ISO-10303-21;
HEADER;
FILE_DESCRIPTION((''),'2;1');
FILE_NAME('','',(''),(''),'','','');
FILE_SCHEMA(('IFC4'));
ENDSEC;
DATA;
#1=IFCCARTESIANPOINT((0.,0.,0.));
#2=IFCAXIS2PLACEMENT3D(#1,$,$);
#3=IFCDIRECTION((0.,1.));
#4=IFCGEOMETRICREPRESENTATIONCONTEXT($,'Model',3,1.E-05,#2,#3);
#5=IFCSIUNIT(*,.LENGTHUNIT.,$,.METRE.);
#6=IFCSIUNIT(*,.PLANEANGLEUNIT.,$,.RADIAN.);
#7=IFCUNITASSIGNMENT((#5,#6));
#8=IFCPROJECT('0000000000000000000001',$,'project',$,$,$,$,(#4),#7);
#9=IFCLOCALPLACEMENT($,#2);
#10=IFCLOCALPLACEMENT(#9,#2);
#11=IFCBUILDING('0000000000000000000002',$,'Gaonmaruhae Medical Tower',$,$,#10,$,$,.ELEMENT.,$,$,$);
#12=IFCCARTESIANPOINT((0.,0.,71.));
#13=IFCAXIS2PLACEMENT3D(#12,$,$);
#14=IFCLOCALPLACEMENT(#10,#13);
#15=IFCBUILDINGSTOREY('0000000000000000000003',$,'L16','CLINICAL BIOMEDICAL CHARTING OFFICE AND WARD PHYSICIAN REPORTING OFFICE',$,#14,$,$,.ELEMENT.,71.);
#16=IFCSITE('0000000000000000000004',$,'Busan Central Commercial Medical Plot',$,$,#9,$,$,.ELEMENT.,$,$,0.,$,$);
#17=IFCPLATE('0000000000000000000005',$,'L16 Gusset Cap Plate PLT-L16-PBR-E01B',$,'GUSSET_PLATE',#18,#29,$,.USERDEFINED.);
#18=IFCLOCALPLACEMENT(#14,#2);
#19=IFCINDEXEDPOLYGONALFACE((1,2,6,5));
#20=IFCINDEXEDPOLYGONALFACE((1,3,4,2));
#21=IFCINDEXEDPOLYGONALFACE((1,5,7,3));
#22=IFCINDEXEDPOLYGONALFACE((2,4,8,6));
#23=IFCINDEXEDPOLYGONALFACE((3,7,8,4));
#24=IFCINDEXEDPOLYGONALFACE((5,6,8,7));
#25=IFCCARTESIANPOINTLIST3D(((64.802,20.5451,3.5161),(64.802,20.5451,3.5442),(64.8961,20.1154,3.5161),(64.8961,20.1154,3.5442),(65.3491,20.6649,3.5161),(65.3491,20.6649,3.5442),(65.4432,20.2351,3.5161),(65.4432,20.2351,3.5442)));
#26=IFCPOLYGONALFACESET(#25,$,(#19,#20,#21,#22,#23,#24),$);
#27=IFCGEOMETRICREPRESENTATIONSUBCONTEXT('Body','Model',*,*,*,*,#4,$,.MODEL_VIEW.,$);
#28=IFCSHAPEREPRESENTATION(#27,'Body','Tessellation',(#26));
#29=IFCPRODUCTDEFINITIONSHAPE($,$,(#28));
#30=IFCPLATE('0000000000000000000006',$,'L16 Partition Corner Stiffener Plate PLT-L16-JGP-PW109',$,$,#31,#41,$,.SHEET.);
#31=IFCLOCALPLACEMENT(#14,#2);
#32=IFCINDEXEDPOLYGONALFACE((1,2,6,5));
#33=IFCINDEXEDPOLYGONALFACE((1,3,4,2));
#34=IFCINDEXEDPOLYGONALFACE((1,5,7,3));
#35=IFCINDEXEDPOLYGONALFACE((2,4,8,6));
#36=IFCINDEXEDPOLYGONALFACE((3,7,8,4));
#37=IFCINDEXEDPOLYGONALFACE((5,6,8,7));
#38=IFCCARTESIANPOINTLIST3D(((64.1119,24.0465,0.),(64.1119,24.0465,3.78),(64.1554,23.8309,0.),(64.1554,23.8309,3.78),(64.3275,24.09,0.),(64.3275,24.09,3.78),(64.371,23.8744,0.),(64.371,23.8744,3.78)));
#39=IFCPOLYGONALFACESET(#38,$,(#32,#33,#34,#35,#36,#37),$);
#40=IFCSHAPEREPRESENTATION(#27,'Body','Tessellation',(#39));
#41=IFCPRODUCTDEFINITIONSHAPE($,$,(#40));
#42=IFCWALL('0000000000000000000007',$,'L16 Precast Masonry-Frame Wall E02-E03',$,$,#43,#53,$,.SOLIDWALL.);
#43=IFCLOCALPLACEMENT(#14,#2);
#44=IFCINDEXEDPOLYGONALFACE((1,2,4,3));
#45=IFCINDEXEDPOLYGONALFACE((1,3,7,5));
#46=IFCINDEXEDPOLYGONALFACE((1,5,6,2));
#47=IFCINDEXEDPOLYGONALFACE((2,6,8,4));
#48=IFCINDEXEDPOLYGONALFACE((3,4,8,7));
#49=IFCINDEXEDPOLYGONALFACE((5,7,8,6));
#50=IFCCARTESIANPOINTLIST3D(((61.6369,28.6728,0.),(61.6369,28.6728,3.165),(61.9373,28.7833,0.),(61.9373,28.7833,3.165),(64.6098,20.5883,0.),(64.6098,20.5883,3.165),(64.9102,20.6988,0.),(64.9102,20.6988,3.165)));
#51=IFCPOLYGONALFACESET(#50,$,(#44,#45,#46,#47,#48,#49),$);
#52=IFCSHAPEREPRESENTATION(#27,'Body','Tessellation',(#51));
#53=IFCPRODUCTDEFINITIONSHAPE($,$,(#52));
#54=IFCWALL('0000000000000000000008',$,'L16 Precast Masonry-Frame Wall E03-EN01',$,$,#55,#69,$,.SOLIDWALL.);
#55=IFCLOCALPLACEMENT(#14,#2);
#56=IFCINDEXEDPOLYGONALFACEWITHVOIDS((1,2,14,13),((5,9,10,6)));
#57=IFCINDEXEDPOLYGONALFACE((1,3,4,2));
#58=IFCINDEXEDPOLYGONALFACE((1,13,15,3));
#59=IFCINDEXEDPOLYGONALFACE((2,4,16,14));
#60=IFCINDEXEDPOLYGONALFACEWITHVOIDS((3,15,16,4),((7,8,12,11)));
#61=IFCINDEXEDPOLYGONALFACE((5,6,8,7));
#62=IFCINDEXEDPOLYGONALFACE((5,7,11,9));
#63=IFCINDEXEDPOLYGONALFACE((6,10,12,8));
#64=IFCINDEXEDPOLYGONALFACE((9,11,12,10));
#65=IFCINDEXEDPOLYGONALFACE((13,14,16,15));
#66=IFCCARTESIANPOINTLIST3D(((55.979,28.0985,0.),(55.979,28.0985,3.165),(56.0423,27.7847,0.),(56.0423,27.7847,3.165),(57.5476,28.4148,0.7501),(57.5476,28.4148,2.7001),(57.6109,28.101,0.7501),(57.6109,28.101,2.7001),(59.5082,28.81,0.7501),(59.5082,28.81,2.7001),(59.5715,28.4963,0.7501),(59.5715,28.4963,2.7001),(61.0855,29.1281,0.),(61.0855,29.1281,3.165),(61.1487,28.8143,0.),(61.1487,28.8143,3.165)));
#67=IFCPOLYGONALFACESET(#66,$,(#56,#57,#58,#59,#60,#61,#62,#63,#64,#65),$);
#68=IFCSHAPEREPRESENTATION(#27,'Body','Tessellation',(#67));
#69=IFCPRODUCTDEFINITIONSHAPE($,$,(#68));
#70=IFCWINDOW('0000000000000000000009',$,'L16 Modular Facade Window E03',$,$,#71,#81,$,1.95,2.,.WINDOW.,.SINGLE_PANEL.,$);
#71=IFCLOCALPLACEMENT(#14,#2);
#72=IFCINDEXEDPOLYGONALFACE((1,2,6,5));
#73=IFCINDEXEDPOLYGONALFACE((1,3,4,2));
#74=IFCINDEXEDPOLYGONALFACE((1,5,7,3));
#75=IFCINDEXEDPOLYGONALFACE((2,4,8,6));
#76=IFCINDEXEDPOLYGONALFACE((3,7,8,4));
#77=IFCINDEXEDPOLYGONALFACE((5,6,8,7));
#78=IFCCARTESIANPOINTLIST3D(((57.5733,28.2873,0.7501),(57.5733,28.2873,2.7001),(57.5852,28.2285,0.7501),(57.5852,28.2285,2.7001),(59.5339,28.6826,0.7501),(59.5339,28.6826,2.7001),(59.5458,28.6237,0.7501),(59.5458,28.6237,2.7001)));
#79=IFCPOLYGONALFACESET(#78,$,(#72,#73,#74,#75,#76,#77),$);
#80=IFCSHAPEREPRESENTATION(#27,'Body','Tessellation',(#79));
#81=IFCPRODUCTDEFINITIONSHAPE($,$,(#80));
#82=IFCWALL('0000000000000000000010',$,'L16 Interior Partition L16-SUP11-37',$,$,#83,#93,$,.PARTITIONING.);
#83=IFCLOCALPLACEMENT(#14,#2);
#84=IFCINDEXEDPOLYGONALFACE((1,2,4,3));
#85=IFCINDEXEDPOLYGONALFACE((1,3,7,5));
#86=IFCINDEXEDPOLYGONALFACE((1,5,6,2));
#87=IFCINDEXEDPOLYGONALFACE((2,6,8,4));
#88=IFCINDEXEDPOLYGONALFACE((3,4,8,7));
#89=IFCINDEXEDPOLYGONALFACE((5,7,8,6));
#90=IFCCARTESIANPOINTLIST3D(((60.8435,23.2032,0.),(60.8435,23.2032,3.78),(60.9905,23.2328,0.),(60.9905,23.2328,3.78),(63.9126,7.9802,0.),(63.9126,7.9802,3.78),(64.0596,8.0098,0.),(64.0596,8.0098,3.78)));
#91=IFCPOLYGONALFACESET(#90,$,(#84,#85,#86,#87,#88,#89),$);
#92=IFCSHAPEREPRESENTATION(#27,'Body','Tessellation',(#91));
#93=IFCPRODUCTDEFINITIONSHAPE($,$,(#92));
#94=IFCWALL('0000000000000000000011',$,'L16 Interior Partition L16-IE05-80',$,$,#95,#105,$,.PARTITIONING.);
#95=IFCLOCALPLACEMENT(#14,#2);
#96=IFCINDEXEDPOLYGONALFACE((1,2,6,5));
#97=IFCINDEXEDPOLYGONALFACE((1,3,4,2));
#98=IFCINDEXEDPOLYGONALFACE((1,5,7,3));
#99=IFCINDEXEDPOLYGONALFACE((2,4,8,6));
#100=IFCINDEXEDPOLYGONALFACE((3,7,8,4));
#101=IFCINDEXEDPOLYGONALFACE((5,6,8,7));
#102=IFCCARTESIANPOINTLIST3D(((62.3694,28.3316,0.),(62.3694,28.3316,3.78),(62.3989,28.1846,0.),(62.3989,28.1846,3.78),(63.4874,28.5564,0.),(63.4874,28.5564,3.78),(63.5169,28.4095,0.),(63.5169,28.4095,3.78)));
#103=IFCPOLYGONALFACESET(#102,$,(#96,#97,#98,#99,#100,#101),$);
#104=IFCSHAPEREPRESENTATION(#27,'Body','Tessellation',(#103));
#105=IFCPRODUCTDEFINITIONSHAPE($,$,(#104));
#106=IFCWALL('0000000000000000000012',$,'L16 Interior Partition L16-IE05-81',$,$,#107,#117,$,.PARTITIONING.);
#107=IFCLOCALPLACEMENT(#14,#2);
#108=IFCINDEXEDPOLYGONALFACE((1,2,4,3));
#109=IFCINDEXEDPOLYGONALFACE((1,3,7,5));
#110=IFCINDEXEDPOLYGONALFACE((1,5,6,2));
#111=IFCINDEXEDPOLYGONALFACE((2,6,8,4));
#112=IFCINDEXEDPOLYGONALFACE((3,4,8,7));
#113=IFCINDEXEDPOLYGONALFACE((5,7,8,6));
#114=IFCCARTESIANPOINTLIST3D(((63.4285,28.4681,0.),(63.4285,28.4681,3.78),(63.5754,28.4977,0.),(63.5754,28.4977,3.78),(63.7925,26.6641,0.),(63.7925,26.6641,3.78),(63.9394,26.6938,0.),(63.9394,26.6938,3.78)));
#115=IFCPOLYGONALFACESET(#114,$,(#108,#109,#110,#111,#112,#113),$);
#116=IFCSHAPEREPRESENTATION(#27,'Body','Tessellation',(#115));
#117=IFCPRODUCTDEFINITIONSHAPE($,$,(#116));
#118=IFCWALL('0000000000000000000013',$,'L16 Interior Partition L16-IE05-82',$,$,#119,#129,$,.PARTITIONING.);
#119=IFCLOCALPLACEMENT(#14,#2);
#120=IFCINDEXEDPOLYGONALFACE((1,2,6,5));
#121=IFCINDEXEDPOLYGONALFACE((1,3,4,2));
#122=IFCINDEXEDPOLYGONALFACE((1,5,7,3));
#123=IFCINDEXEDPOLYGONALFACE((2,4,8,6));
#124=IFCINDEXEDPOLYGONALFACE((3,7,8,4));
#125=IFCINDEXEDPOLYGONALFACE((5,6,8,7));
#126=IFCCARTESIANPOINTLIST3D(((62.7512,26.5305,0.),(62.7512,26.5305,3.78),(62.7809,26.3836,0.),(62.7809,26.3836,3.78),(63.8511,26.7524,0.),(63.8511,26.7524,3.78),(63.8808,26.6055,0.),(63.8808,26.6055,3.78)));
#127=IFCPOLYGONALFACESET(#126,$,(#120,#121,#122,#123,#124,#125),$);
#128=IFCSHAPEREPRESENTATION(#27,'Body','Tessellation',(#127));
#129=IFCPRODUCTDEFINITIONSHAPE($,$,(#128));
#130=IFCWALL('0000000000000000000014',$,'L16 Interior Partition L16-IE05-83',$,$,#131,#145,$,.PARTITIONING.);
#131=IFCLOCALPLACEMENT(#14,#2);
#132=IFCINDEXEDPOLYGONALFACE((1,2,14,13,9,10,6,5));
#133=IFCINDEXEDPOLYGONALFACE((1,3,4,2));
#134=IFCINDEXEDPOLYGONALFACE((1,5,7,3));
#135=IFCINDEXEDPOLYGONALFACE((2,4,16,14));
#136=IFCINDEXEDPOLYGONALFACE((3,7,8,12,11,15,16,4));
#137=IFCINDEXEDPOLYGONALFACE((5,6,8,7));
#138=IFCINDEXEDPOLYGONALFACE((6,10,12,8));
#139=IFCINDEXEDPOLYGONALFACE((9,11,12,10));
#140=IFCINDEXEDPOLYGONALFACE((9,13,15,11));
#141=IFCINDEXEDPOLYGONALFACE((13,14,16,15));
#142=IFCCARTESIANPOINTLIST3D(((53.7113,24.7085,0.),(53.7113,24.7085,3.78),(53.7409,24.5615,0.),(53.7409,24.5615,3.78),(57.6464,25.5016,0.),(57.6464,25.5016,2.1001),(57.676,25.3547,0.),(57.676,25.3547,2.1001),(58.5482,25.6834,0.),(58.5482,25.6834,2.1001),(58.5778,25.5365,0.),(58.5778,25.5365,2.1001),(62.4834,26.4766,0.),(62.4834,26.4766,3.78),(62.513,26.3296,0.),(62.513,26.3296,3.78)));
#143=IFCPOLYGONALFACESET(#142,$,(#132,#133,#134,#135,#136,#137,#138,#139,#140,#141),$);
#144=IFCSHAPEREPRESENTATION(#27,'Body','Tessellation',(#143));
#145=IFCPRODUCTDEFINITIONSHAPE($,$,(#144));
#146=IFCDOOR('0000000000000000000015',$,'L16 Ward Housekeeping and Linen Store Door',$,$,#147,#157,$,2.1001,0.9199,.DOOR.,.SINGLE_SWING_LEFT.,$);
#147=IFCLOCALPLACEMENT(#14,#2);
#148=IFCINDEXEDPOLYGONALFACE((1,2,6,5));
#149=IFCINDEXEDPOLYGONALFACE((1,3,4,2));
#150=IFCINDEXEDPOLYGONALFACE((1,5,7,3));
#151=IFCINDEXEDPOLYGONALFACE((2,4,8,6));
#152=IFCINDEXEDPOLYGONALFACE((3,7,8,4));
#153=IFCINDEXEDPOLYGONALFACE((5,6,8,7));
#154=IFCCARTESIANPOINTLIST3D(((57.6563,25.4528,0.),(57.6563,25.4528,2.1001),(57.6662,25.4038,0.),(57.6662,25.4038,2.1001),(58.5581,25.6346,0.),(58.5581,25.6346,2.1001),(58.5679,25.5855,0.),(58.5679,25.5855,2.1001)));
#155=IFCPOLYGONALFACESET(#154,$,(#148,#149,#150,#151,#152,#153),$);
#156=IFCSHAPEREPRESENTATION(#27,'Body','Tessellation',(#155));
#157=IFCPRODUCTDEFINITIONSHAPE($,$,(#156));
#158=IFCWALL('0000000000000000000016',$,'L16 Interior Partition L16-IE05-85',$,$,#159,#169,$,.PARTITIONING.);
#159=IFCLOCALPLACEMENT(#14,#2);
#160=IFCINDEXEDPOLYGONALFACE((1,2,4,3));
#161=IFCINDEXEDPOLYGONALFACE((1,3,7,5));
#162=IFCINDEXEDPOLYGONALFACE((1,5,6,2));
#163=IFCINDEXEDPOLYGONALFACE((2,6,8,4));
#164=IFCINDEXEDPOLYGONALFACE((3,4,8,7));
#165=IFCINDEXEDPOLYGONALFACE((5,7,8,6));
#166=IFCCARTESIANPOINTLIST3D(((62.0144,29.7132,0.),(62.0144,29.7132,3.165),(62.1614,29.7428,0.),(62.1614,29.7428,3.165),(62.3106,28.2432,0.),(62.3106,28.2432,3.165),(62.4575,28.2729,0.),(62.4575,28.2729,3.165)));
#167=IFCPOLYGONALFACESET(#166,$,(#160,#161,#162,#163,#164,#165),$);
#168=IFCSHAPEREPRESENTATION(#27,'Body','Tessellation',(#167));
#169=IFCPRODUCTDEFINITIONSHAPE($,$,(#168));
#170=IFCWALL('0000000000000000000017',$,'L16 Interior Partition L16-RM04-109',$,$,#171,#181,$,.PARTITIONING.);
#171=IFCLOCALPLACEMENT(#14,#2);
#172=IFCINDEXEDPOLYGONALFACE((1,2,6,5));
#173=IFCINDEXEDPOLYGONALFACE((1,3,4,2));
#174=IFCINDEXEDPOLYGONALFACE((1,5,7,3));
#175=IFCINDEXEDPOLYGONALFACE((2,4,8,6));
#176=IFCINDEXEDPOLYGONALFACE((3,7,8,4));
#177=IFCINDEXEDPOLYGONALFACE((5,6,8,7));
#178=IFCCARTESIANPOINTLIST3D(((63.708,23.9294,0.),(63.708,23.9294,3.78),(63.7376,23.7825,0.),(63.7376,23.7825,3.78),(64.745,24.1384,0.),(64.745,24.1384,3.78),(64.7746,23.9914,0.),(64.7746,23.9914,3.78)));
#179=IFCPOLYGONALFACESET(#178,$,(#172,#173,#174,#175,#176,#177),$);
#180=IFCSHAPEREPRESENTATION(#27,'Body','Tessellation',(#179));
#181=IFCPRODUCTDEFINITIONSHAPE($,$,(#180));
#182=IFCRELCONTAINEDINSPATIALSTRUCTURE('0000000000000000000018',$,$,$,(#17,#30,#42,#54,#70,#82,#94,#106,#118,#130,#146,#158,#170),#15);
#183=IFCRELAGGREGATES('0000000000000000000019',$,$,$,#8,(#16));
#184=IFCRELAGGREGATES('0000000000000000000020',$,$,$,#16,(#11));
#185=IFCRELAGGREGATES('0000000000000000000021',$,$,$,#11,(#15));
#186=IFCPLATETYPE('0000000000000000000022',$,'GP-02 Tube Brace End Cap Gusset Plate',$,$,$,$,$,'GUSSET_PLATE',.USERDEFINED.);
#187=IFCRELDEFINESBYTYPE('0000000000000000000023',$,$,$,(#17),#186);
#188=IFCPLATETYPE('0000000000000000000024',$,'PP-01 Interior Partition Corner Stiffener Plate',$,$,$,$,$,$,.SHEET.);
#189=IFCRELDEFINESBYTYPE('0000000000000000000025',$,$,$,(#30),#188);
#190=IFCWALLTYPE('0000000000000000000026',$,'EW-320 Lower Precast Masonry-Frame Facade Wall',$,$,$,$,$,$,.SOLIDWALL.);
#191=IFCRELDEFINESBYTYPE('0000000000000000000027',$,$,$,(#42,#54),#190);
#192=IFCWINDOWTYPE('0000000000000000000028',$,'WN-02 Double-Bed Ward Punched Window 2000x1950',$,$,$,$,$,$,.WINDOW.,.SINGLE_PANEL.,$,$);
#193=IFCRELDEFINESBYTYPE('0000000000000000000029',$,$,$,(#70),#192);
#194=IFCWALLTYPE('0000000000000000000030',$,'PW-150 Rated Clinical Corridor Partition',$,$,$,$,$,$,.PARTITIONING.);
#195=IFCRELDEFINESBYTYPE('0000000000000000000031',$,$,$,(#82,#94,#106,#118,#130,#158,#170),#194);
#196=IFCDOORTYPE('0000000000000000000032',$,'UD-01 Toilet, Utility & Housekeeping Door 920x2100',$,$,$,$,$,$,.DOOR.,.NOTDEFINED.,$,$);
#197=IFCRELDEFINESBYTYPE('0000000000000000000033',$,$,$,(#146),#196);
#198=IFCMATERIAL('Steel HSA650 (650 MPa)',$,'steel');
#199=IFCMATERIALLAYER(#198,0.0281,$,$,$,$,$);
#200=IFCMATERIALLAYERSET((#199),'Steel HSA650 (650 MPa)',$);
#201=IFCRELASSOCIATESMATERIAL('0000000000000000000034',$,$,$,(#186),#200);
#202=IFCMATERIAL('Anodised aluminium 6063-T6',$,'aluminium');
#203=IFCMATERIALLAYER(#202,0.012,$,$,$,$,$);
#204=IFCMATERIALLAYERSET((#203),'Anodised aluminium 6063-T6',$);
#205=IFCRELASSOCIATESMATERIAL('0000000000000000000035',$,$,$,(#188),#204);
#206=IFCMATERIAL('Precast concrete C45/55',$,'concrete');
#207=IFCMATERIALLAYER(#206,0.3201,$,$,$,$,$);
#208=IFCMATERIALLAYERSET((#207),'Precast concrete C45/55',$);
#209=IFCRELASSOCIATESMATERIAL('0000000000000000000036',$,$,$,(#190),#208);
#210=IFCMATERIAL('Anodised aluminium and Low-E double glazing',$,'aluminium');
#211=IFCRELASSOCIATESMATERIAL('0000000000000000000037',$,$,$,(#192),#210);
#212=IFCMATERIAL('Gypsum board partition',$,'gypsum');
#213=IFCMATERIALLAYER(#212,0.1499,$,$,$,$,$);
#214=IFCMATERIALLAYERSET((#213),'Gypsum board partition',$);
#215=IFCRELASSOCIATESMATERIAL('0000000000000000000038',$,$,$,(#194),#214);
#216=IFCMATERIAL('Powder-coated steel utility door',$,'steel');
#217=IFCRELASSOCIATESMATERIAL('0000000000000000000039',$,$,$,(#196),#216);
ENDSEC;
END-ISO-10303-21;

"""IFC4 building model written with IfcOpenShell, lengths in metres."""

from ifc_helpers import new_model, si_unit, direction, frame, frame_2d, origin, origin_2d, place, context, subcontext, project, spatial, rectangle, extrude, material, layer, layer_set, type_object, element, fill, save


model = new_model("IFC4")

# Units and contexts
model_context = context("Model", 3, precision=1e-05, world=origin(), true_north=direction((0.0, 1.0)))
body_context = subcontext(model_context, "Body", "Model", "MODEL_VIEW")
ifc_project = project(units=[si_unit("LENGTHUNIT", "METRE"), si_unit("PLANEANGLEUNIT", "RADIAN")], contexts=[model_context])

# Site, building, storey
site_placement = place(None, origin())
site = spatial("IfcSite", under=ifc_project, at=site_placement, Name="Busan Central Commercial Medical Plot", CompositionType="ELEMENT", RefElevation=0.0)
building_placement = place(site_placement, origin())
building = spatial("IfcBuilding", under=site, at=building_placement, Name="Gaonmaruhae Medical Tower", CompositionType="ELEMENT")
storey_placement = place(building_placement, frame((0.0, 0.0, 71.0)))
storey = spatial("IfcBuildingStorey", under=building, at=storey_placement, Name="L16", Description="CLINICAL BIOMEDICAL CHARTING OFFICE AND WARD PHYSICIAN REPORTING OFFICE", CompositionType="ELEMENT", Elevation=71.0)

# Plates
ifc_material_1 = material(Name="Steel HSA650 (650 MPa)", Category="steel")
ifc_layer_1 = layer(ifc_material_1, 0.0281)
ifc_layer_set_1 = layer_set([ifc_layer_1], Name="Steel HSA650 (650 MPa)")
plate_type_1 = type_object("IfcPlateType", Name="GP-02 Tube Brace End Cap Gusset Plate", ElementType="GUSSET_PLATE", PredefinedType="USERDEFINED", material=ifc_layer_set_1)
plate_1_placement = place(storey_placement, frame((65.1226, 20.3901, 3.5161), z_axis=(0.0, 0.0, 1.0), x_axis=(0.976859, 0.213883, 0.0)))
element("IfcPlate", 1, at=plate_1_placement, inside=storey, type_object=plate_type_1, Name="L16 Gusset Cap Plate PLT-L16-PBR-E01B", ObjectType="GUSSET_PLATE", PredefinedType="USERDEFINED", context=body_context, shape_type="SweptSolid", body=[
    extrude(rectangle(XDim=0.5601, YDim=0.4399, at=origin_2d()), origin(), (0.0, 0.0, 1.0), 0.0281),
])
ifc_material_2 = material(Name="Anodised aluminium 6063-T6", Category="aluminium")
ifc_layer_2 = layer(ifc_material_2, 0.012)
ifc_layer_set_2 = layer_set([ifc_layer_2], Name="Anodised aluminium 6063-T6")
plate_type_2 = type_object("IfcPlateType", Name="PP-01 Interior Partition Corner Stiffener Plate", PredefinedType="SHEET", material=ifc_layer_set_2)
plate_2_placement = place(storey_placement, frame((64.2415, 23.9604, 0.0), z_axis=(0.0, 0.0, 1.0), x_axis=(0.980288, 0.197572, 0.0)))
element("IfcPlate", 2, at=plate_2_placement, inside=storey, type_object=plate_type_2, Name="L16 Partition Corner Stiffener Plate PLT-L16-JGP-PW109", PredefinedType="SHEET", context=body_context, shape_type="SweptSolid", body=[
    extrude(rectangle(XDim=0.22, YDim=0.22, at=origin_2d()), origin(), (0.0, 0.0, 1.0), 3.78),
])

# Wall
ifc_material_3 = material(Name="Precast concrete C45/55", Category="concrete")
ifc_layer_3 = layer(ifc_material_3, 0.3201)
ifc_layer_set_3 = layer_set([ifc_layer_3], Name="Precast concrete C45/55")
wall_type_1 = type_object("IfcWallType", Name="EW-320 Lower Precast Masonry-Frame Facade Wall", PredefinedType="SOLIDWALL", material=ifc_layer_set_3)
wall_1_placement = place(storey_placement, frame((61.7871, 28.728, 0.0), z_axis=(0.0, 0.0, 1.0), x_axis=(0.345134, -0.938553, 0.0)))
element("IfcWall", 3, at=wall_1_placement, inside=storey, type_object=wall_type_1, Name="L16 Precast Masonry-Frame Wall E02-E03", PredefinedType="SOLIDWALL", context=body_context, shape_type="SweptSolid", body=[
    extrude(rectangle(XDim=8.6138, YDim=0.3201, at=frame_2d((4.3069, 0.0))), origin(), (0.0, 0.0, 1.0), 3.165),
])

# Wall, opening, window
wall_2_placement = place(storey_placement, frame((56.0107, 27.9417, 0.0), z_axis=(0.0, 0.0, 1.0), x_axis=(0.980275, 0.197639, 0.0)))
wall_2 = element("IfcWall", 4, at=wall_2_placement, inside=storey, type_object=wall_type_1, Name="L16 Precast Masonry-Frame Wall E03-EN01", PredefinedType="SOLIDWALL", context=body_context, shape_type="SweptSolid", body=[
    extrude(rectangle(XDim=5.2092, YDim=0.3201, at=frame_2d((2.6045, 0.0))), origin(), (0.0, 0.0, 1.0), 3.165),
])
opening_1_placement = place(wall_2_placement, frame((1.6001, 0.0, 0.75)))
opening_1 = element("IfcOpeningElement", 5, at=opening_1_placement, cuts=wall_2, PredefinedType="OPENING", context=body_context, shape_type="SweptSolid", body=[
    extrude(rectangle(XDim=2.0, YDim=1.95, at=frame_2d((1.0, 0.9751))), frame((0.0, 0.1699, 0.0), z_axis=(0.0, -1.0, 0.0), x_axis=(1.0, 0.0, 0.0)), (0.0, 0.0, 1.0), 0.3401),
])
ifc_material_4 = material(Name="Anodised aluminium and Low-E double glazing", Category="aluminium")
window_type = type_object("IfcWindowType", Name="WN-02 Double-Bed Ward Punched Window 2000x1950", PartitioningType="SINGLE_PANEL", PredefinedType="WINDOW", material=ifc_material_4)
window_placement = place(opening_1_placement, origin())
window = element("IfcWindow", 6, at=window_placement, inside=storey, type_object=window_type, Name="L16 Modular Facade Window E03", OverallHeight=1.95, OverallWidth=2.0, PartitioningType="SINGLE_PANEL", PredefinedType="WINDOW", context=body_context, shape_type="SweptSolid", body=[
    extrude(rectangle(XDim=2.0, YDim=1.95, at=frame_2d((1.0, 0.9751))), frame((0.0, 0.03, 0.0), z_axis=(0.0, -1.0, 0.0), x_axis=(1.0, 0.0, 0.0)), (0.0, 0.0, 1.0), 0.0601),
])
fill(opening_1, window)

# Walls
ifc_material_5 = material(Name="Gypsum board partition", Category="gypsum")
ifc_layer_4 = layer(ifc_material_5, 0.1499)
ifc_layer_set_4 = layer_set([ifc_layer_4], Name="Gypsum board partition")
wall_type_2 = type_object("IfcWallType", Name="PW-150 Rated Clinical Corridor Partition", PredefinedType="PARTITIONING", material=ifc_layer_set_4)
wall_3_placement = place(storey_placement, frame((60.917, 23.218, 0.0), z_axis=(0.0, 0.0, 1.0), x_axis=(0.197634, -0.980276, 0.0)))
element("IfcWall", 7, at=wall_3_placement, inside=storey, type_object=wall_type_2, Name="L16 Interior Partition L16-SUP11-37", PredefinedType="PARTITIONING", context=body_context, shape_type="SweptSolid", body=[
    extrude(rectangle(XDim=15.5293, YDim=0.1499, at=frame_2d((7.7646, 0.0))), origin(), (0.0, 0.0, 1.0), 3.78),
])
wall_4_placement = place(storey_placement, frame((62.384, 28.2581, 0.0), z_axis=(0.0, 0.0, 1.0), x_axis=(0.980366, 0.197187, 0.0)))
element("IfcWall", 8, at=wall_4_placement, inside=storey, type_object=wall_type_2, Name="L16 Interior Partition L16-IE05-80", PredefinedType="PARTITIONING", context=body_context, shape_type="SweptSolid", body=[
    extrude(rectangle(XDim=1.1404, YDim=0.1499, at=frame_2d((0.5703, 0.0))), origin(), (0.0, 0.0, 1.0), 3.78),
])
wall_5_placement = place(storey_placement, frame((63.502, 28.4829, 0.0), z_axis=(0.0, 0.0, 1.0), x_axis=(0.1978, -0.980242, 0.0)))
element("IfcWall", 9, at=wall_5_placement, inside=storey, type_object=wall_type_2, Name="L16 Interior Partition L16-IE05-81", PredefinedType="PARTITIONING", context=body_context, shape_type="SweptSolid", body=[
    extrude(rectangle(XDim=1.8403, YDim=0.1499, at=frame_2d((0.9202, 0.0))), origin(), (0.0, 0.0, 1.0), 3.78),
])
wall_6_placement = place(storey_placement, frame((63.866, 26.679, 0.0), z_axis=(0.0, 0.0, 1.0), x_axis=(-0.980244, -0.19779, 0.0)))
element("IfcWall", 10, at=wall_6_placement, inside=storey, type_object=wall_type_2, Name="L16 Interior Partition L16-IE05-82", PredefinedType="PARTITIONING", context=body_context, shape_type="SweptSolid", body=[
    extrude(rectangle(XDim=1.1221, YDim=0.1499, at=frame_2d((0.561, 0.0))), origin(), (0.0, 0.0, 1.0), 3.78),
])

# Wall, opening, door
wall_7_placement = place(storey_placement, frame((62.498, 26.4031, 0.0), z_axis=(0.0, 0.0, 1.0), x_axis=(-0.980286, -0.197585, 0.0)))
wall_7 = element("IfcWall", 11, at=wall_7_placement, inside=storey, type_object=wall_type_2, Name="L16 Interior Partition L16-IE05-83", PredefinedType="PARTITIONING", context=body_context, shape_type="SweptSolid", body=[
    extrude(rectangle(XDim=8.9485, YDim=0.1499, at=frame_2d((4.4741, 0.0))), origin(), (0.0, 0.0, 1.0), 3.78),
])
opening_2_placement = place(wall_7_placement, frame((4.0142, 0.0, 0.0)))
opening_2 = element("IfcOpeningElement", 12, at=opening_2_placement, cuts=wall_7, PredefinedType="OPENING", context=body_context, shape_type="SweptSolid", body=[
    extrude(rectangle(XDim=0.9199, YDim=2.1001, at=frame_2d((0.46, 1.05))), frame((0.0, 0.085, 0.0), z_axis=(0.0, -1.0, 0.0), x_axis=(1.0, 0.0, 0.0)), (0.0, 0.0, 1.0), 0.1699),
])
ifc_material_6 = material(Name="Powder-coated steel utility door", Category="steel")
door_type_1 = type_object("IfcDoorType", Name="UD-01 Toilet, Utility & Housekeeping Door 920x2100", OperationType="NOTDEFINED", PredefinedType="DOOR", material=ifc_material_6)
door_1_placement = place(opening_2_placement, origin())
door_1 = element("IfcDoor", 13, at=door_1_placement, inside=storey, type_object=door_type_1, Name="L16 Ward Housekeeping and Linen Store Door", OperationType="SINGLE_SWING_LEFT", OverallHeight=2.1001, OverallWidth=0.9199, PredefinedType="DOOR", context=body_context, shape_type="SweptSolid", body=[
    extrude(rectangle(XDim=0.9199, YDim=2.1001, at=frame_2d((0.46, 1.05))), frame((0.0, 0.0249, 0.0), z_axis=(0.0, -1.0, 0.0), x_axis=(1.0, 0.0, 0.0)), (0.0, 0.0, 1.0), 0.05),
])
fill(opening_2, door_1)

# Wall
wall_8_placement = place(storey_placement, frame((62.0879, 29.728, 0.0), z_axis=(0.0, 0.0, 1.0), x_axis=(0.197494, -0.980304, 0.0)))
element("IfcWall", 14, at=wall_8_placement, inside=storey, type_object=wall_type_2, Name="L16 Interior Partition L16-IE05-85", PredefinedType="PARTITIONING", context=body_context, shape_type="SweptSolid", body=[
    extrude(rectangle(XDim=1.4995, YDim=0.1499, at=frame_2d((0.7498, 0.0))), origin(), (0.0, 0.0, 1.0), 3.165),
])

# Wall
wall_9_placement = place(storey_placement, frame((63.7229, 23.856, 0.0), z_axis=(0.0, 0.0, 1.0), x_axis=(0.980296, 0.197536, 0.0)))
element("IfcWall", 15, at=wall_9_placement, inside=storey, type_object=wall_type_2, Name="L16 Interior Partition L16-RM04-109", PredefinedType="PARTITIONING", context=body_context, shape_type="SweptSolid", body=[
    extrude(rectangle(XDim=1.0579, YDim=0.1499, at=frame_2d((0.5288, 0.0))), origin(), (0.0, 0.0, 1.0), 3.78),
])

save(model, "model.ifc")
